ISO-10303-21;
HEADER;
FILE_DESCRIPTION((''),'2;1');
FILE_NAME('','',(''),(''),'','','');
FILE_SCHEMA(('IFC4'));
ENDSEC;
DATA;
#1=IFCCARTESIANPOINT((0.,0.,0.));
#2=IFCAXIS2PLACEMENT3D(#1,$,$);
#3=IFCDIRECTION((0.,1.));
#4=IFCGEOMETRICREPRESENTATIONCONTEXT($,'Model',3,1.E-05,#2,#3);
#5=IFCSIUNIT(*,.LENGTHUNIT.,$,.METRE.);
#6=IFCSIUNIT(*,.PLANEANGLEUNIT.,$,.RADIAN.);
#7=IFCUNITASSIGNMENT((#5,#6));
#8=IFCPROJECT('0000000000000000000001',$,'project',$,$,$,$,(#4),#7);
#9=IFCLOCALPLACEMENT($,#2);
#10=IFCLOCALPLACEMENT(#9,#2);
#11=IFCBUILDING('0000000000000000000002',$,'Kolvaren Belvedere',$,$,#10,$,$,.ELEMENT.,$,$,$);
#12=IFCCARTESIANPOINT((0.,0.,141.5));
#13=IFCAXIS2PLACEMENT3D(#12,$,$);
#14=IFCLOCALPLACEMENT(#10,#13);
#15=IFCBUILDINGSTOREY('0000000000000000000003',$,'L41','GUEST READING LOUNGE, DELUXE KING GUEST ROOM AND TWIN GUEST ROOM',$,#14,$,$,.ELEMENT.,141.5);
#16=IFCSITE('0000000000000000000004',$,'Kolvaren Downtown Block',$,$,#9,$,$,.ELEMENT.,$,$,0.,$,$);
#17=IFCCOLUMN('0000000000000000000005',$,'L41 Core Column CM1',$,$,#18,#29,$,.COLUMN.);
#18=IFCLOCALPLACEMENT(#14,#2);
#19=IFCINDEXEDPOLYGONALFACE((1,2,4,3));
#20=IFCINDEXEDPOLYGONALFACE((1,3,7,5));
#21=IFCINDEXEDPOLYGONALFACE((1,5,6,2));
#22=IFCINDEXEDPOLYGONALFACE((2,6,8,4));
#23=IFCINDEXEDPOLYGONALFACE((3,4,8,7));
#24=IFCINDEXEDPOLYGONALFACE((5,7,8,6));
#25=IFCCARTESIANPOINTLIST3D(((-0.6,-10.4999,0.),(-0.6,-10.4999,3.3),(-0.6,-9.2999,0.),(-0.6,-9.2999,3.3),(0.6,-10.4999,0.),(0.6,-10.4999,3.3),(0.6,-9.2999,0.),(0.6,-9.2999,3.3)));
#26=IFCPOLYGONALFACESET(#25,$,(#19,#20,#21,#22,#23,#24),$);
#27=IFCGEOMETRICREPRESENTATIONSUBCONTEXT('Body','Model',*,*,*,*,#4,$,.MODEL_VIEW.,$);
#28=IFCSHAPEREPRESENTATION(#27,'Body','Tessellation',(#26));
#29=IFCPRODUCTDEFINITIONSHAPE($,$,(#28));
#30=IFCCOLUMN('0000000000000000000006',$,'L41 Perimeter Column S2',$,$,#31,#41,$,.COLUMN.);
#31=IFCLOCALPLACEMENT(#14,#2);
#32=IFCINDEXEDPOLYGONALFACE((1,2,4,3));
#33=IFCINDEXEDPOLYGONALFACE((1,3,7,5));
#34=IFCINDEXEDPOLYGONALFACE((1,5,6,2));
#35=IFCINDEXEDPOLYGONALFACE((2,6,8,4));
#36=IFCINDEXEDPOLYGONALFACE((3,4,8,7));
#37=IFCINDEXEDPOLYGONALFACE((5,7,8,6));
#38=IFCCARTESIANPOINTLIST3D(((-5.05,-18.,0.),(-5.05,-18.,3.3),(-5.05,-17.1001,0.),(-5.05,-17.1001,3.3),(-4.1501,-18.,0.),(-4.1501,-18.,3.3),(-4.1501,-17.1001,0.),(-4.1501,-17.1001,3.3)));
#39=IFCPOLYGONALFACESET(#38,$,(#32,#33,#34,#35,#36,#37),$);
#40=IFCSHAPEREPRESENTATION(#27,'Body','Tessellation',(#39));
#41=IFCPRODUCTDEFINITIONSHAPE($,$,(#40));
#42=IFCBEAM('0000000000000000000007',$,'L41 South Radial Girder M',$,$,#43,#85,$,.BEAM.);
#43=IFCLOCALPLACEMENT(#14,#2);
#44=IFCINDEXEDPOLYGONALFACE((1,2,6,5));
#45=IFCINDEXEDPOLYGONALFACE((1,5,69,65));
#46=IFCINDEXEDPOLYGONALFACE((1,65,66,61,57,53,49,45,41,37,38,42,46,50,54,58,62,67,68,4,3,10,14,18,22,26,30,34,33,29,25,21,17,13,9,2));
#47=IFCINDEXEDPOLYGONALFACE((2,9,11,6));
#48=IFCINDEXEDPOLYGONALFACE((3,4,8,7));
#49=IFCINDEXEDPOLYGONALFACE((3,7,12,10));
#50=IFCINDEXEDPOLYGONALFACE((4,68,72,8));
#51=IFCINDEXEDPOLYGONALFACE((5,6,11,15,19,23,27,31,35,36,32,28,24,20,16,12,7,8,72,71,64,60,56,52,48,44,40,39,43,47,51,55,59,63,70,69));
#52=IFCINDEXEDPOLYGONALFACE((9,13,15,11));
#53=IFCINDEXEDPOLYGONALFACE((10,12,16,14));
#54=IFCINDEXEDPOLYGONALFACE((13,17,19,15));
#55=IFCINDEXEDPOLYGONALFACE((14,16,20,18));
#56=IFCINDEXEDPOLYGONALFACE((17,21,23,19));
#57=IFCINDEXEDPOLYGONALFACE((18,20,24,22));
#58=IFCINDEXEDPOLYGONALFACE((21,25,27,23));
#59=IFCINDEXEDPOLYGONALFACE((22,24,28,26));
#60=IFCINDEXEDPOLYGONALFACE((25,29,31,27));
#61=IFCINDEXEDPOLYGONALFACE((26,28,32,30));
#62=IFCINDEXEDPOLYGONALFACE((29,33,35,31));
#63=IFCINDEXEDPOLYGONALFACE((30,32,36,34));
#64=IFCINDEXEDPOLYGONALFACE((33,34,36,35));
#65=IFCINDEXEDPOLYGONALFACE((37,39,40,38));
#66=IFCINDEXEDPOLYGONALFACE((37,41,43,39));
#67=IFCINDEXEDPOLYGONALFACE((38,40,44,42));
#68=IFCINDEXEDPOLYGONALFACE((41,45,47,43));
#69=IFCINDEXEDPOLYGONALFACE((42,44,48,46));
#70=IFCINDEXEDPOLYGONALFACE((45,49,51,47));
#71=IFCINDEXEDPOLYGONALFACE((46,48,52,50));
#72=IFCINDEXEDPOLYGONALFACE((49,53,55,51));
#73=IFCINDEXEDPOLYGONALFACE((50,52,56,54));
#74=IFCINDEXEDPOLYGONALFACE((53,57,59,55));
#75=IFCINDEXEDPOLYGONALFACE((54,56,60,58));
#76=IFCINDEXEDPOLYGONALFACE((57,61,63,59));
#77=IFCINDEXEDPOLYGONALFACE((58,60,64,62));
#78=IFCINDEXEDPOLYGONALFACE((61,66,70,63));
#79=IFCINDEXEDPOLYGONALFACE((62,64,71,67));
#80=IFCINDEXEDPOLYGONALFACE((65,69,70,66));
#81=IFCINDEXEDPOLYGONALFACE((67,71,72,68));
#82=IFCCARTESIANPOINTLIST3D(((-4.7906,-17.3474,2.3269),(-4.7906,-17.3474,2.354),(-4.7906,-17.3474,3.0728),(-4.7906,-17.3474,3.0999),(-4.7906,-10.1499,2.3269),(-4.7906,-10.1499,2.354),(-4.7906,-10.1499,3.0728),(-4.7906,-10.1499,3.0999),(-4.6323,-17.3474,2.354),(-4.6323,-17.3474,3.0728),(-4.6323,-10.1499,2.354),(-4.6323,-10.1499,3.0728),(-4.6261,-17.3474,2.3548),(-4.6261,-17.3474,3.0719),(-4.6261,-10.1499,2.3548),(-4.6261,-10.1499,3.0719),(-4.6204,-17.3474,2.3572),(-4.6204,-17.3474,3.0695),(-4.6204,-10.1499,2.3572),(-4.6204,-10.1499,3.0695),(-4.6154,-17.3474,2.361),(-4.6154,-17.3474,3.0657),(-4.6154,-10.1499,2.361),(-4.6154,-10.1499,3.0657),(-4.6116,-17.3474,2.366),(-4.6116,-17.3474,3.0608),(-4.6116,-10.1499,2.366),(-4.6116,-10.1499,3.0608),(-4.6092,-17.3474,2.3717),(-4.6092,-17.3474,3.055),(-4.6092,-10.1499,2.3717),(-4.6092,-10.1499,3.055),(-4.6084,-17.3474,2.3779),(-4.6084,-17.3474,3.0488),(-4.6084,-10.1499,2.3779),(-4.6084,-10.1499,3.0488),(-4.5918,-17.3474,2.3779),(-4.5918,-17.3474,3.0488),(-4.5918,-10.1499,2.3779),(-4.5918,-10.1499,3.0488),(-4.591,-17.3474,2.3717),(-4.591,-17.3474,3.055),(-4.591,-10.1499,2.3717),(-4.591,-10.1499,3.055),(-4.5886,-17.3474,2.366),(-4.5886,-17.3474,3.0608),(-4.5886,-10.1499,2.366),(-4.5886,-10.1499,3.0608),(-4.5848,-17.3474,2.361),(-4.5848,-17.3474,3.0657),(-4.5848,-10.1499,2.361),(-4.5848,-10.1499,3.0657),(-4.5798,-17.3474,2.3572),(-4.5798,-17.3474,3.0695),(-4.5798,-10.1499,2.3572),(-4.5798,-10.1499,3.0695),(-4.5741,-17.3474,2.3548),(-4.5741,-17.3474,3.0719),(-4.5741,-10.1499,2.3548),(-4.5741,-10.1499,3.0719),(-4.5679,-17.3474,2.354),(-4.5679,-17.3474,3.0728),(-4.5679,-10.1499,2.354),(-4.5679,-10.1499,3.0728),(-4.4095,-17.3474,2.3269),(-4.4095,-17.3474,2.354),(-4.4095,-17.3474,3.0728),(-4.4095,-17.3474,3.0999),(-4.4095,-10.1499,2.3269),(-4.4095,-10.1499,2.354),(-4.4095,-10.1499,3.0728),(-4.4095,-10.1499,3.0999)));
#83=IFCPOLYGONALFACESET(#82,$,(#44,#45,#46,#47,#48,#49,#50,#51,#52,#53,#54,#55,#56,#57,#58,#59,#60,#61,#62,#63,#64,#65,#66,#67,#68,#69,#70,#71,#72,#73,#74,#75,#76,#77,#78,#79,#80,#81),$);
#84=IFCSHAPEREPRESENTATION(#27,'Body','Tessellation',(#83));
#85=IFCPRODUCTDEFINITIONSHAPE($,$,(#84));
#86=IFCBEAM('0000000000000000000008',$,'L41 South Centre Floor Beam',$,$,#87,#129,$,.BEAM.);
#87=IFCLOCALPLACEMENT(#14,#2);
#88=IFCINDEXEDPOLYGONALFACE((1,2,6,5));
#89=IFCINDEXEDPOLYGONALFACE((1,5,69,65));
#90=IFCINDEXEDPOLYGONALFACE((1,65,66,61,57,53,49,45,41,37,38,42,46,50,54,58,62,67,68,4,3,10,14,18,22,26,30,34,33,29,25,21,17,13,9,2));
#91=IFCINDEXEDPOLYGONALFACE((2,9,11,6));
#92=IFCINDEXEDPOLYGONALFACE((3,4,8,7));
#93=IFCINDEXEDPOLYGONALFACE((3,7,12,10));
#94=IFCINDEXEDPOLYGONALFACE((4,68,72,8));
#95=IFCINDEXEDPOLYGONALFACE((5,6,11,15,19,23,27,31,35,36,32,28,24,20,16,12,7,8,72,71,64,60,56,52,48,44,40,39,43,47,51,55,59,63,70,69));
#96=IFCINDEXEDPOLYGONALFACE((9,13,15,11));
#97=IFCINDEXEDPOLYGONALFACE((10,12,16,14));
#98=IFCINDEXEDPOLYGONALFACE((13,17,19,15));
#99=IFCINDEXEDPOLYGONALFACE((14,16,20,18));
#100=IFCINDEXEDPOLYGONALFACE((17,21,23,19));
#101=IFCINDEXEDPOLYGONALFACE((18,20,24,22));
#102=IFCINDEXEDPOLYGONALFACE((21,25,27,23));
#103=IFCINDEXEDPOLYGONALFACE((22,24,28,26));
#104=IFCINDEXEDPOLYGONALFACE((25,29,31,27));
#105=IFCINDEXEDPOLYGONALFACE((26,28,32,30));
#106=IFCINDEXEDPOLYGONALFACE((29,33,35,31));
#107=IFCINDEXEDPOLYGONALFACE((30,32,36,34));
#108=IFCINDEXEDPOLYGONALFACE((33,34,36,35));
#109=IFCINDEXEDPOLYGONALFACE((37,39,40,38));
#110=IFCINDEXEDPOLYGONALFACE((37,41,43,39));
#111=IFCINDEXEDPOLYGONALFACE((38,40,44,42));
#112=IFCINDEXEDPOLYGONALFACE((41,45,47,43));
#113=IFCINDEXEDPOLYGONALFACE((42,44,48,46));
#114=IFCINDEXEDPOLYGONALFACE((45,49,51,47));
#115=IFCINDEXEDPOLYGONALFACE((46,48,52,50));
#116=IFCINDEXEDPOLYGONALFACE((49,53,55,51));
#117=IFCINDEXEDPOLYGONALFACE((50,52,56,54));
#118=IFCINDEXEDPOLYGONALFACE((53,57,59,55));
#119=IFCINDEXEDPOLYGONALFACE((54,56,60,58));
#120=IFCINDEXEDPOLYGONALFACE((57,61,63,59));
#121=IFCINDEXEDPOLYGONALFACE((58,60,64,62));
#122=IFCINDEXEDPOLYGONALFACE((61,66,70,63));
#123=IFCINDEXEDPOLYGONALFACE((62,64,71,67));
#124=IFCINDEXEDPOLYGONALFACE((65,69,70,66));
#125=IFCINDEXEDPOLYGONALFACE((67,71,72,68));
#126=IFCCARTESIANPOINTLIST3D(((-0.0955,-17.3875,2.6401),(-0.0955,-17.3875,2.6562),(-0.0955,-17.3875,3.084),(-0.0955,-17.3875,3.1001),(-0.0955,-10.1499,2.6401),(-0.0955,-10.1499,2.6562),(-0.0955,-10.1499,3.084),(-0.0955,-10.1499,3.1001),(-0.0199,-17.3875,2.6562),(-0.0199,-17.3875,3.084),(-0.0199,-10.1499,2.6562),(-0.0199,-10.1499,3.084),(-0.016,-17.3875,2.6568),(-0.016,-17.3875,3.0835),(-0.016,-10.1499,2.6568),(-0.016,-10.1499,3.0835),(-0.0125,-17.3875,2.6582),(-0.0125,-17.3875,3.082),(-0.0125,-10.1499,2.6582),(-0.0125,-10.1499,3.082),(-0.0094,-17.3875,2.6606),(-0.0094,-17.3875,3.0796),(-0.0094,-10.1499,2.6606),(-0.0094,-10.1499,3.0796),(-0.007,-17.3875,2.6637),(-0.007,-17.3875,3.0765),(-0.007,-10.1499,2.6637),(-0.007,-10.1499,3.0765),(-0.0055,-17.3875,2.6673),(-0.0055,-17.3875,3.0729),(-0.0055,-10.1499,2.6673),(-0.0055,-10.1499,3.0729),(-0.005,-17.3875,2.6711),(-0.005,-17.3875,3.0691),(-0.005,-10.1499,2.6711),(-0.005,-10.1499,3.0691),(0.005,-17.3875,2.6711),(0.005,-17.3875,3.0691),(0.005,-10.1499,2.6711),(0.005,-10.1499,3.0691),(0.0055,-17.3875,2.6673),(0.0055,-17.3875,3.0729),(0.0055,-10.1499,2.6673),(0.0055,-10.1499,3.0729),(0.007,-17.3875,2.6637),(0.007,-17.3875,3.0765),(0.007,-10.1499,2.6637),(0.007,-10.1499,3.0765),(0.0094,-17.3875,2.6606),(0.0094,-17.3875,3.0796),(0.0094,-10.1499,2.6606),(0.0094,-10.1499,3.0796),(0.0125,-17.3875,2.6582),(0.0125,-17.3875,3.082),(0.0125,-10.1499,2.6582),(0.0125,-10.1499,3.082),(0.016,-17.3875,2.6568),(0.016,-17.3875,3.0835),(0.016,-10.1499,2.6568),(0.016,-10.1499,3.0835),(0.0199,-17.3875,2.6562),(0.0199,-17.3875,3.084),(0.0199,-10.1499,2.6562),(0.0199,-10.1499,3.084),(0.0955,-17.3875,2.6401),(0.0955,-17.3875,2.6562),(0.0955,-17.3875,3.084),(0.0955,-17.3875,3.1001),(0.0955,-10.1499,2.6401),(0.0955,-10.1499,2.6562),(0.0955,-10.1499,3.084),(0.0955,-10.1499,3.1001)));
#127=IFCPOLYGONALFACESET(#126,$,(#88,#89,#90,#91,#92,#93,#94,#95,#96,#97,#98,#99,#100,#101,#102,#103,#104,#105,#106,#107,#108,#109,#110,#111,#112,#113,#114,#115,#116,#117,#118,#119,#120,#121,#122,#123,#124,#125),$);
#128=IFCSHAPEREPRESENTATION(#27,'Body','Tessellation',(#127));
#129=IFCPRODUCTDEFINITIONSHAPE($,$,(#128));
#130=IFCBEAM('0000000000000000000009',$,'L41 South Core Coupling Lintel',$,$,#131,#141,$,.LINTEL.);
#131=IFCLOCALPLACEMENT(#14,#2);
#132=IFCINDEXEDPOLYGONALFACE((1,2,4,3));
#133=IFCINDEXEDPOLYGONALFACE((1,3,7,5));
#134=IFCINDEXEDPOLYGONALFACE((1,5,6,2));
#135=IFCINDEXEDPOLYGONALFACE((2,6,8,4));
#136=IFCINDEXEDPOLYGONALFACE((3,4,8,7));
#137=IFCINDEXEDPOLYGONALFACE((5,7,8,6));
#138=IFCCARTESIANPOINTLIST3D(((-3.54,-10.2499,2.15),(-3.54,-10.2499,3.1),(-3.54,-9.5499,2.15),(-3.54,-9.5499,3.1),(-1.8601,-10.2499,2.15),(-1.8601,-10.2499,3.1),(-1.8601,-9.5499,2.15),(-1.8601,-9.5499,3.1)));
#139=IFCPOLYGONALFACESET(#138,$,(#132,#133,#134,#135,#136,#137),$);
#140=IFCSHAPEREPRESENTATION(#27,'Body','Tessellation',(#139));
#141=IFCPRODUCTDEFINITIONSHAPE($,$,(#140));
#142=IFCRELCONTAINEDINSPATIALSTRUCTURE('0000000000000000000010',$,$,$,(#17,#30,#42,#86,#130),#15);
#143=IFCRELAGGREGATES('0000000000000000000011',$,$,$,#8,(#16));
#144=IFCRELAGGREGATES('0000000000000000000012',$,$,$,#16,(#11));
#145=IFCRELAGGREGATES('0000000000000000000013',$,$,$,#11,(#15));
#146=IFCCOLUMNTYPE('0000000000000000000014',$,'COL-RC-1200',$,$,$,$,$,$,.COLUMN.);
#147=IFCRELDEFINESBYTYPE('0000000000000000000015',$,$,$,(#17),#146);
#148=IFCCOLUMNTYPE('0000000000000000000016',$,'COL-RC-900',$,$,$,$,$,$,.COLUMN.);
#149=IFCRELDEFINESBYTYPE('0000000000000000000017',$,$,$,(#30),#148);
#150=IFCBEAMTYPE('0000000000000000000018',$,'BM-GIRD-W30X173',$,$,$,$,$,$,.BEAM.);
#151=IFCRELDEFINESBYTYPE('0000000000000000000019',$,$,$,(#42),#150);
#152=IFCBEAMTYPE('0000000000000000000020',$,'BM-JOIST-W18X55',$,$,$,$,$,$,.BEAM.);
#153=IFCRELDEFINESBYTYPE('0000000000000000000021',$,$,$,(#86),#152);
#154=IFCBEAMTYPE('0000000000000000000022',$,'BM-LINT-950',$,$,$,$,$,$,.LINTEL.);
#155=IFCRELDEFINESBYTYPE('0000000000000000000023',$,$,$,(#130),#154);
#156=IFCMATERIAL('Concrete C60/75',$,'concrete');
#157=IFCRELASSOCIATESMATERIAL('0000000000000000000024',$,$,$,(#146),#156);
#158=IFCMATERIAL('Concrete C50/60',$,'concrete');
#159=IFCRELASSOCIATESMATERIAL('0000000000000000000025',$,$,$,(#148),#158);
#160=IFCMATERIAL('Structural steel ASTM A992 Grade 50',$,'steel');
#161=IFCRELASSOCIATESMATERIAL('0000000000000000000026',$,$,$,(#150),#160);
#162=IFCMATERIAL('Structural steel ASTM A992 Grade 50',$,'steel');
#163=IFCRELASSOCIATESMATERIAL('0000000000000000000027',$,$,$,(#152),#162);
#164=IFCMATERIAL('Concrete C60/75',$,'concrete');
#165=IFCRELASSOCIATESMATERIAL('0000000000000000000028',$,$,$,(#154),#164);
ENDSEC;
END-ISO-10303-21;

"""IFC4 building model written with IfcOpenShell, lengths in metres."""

from ifc_helpers import new_model, si_unit, direction, frame, origin, origin_2d, place, context, subcontext, project, spatial, rectangle, i_section, extrude, material, material_profile, profile_set, type_object, element, save


model = new_model("IFC4")

# Units and contexts
model_context = context("Model", 3, precision=1e-05, world=origin(), true_north=direction((0.0, 1.0)))
body_context = subcontext(model_context, "Body", "Model", "MODEL_VIEW")
ifc_project = project(units=[si_unit("LENGTHUNIT", "METRE"), si_unit("PLANEANGLEUNIT", "RADIAN")], contexts=[model_context])

# Site, building, storey
site_placement = place(None, origin())
site = spatial("IfcSite", under=ifc_project, at=site_placement, Name="Kolvaren Downtown Block", CompositionType="ELEMENT", RefElevation=0.0)
building_placement = place(site_placement, origin())
building = spatial("IfcBuilding", under=site, at=building_placement, Name="Kolvaren Belvedere", CompositionType="ELEMENT")
storey_placement = place(building_placement, frame((0.0, 0.0, 141.5)))
storey = spatial("IfcBuildingStorey", under=building, at=storey_placement, Name="L41", Description="GUEST READING LOUNGE, DELUXE KING GUEST ROOM AND TWIN GUEST ROOM", CompositionType="ELEMENT", Elevation=141.5)

# Columns
ifc_material_1 = material(Name="Concrete C60/75", Category="concrete")
ifc_material_profile_1 = material_profile(ifc_material_1, rectangle(XDim=1.2, YDim=1.2, at=origin_2d()), Name="RC 1200X1200")
ifc_profile_set_1 = profile_set([ifc_material_profile_1], Name="Concrete C60/75")
column_type_1 = type_object("IfcColumnType", Name="COL-RC-1200", PredefinedType="COLUMN", material=ifc_profile_set_1)
column_1_placement = place(storey_placement, frame((0.0, -9.8999, 0.0), z_axis=(0.0, 0.0, 1.0), x_axis=(1.0, 0.0, 0.0)))
element("IfcColumn", 1, at=column_1_placement, inside=storey, type_object=column_type_1, Name="L41 Core Column CM1", PredefinedType="COLUMN", context=body_context, shape_type="SweptSolid", body=[
    extrude(rectangle(XDim=1.2, YDim=1.2, at=origin_2d()), origin(), (0.0, 0.0, 1.0), 3.3),
])
ifc_material_2 = material(Name="Concrete C50/60", Category="concrete")
ifc_material_profile_2 = material_profile(ifc_material_2, rectangle(XDim=0.8999, YDim=0.8999, at=origin_2d()), Name="RC 900X900")
ifc_profile_set_2 = profile_set([ifc_material_profile_2], Name="Concrete C50/60")
column_type_2 = type_object("IfcColumnType", Name="COL-RC-900", PredefinedType="COLUMN", material=ifc_profile_set_2)
column_2_placement = place(storey_placement, frame((-4.6001, -17.55, 0.0), z_axis=(0.0, 0.0, 1.0), x_axis=(1.0, 0.0, 0.0)))
element("IfcColumn", 2, at=column_2_placement, inside=storey, type_object=column_type_2, Name="L41 Perimeter Column S2", PredefinedType="COLUMN", context=body_context, shape_type="SweptSolid", body=[
    extrude(rectangle(XDim=0.8999, YDim=0.8999, at=origin_2d()), origin(), (0.0, 0.0, 1.0), 3.3),
])

# Beams
ifc_material_3 = material(Name="Structural steel ASTM A992 Grade 50", Category="steel")
ifc_material_profile_3 = material_profile(ifc_material_3, i_section(OverallWidth=0.3811, OverallDepth=0.7729, WebThickness=0.0166, FlangeThickness=0.0271, FilletRadius=0.0239, at=origin_2d()), Name="W30X173")
ifc_profile_set_3 = profile_set([ifc_material_profile_3], Name="Structural steel ASTM A992 Grade 50")
beam_type_1 = type_object("IfcBeamType", Name="BM-GIRD-W30X173", PredefinedType="BEAM", material=ifc_profile_set_3)
beam_1_placement = place(storey_placement, frame((-4.6001, -10.1499, 2.7134), z_axis=(0.0, -1.0, 0.0), x_axis=(1.0, 0.0, 0.0)))
element("IfcBeam", 3, at=beam_1_placement, inside=storey, type_object=beam_type_1, Name="L41 South Radial Girder M", PredefinedType="BEAM", context=body_context, shape_type="SweptSolid", body=[
    extrude(i_section(OverallWidth=0.3811, OverallDepth=0.7729, WebThickness=0.0166, FlangeThickness=0.0271, FilletRadius=0.0239, at=origin_2d()), origin(), (0.0, 0.0, 1.0), 7.1975),
])
ifc_material_4 = material(Name="Structural steel ASTM A992 Grade 50", Category="steel")
ifc_material_profile_4 = material_profile(ifc_material_4, i_section(OverallWidth=0.1909, OverallDepth=0.46, WebThickness=0.01, FlangeThickness=0.0161, FilletRadius=0.0149, at=origin_2d()), Name="W18X55")
ifc_profile_set_4 = profile_set([ifc_material_profile_4], Name="Structural steel ASTM A992 Grade 50")
beam_type_2 = type_object("IfcBeamType", Name="BM-JOIST-W18X55", PredefinedType="BEAM", material=ifc_profile_set_4)
beam_2_placement = place(storey_placement, frame((0.0, -10.1499, 2.8701), z_axis=(0.0, -1.0, 0.0), x_axis=(1.0, 0.0, 0.0)))
element("IfcBeam", 4, at=beam_2_placement, inside=storey, type_object=beam_type_2, Name="L41 South Centre Floor Beam", PredefinedType="BEAM", context=body_context, shape_type="SweptSolid", body=[
    extrude(i_section(OverallWidth=0.1909, OverallDepth=0.46, WebThickness=0.01, FlangeThickness=0.0161, FilletRadius=0.0149, at=origin_2d()), origin(), (0.0, 0.0, 1.0), 7.2375),
])
ifc_material_5 = material(Name="Concrete C60/75", Category="concrete")
ifc_material_profile_5 = material_profile(ifc_material_5, rectangle(XDim=0.7, YDim=0.95, at=origin_2d()), Name="RC 700X950")
ifc_profile_set_5 = profile_set([ifc_material_profile_5], Name="Concrete C60/75")
beam_type_3 = type_object("IfcBeamType", Name="BM-LINT-950", PredefinedType="LINTEL", material=ifc_profile_set_5)
beam_3_placement = place(storey_placement, frame((-3.54, -9.8999, 2.625), z_axis=(1.0, 0.0, 0.0), x_axis=(0.0, 1.0, 0.0)))
element("IfcBeam", 5, at=beam_3_placement, inside=storey, type_object=beam_type_3, Name="L41 South Core Coupling Lintel", PredefinedType="LINTEL", context=body_context, shape_type="SweptSolid", body=[
    extrude(rectangle(XDim=0.7, YDim=0.95, at=origin_2d()), origin(), (0.0, 0.0, 1.0), 1.6799),
])

save(model, "model.ifc")
